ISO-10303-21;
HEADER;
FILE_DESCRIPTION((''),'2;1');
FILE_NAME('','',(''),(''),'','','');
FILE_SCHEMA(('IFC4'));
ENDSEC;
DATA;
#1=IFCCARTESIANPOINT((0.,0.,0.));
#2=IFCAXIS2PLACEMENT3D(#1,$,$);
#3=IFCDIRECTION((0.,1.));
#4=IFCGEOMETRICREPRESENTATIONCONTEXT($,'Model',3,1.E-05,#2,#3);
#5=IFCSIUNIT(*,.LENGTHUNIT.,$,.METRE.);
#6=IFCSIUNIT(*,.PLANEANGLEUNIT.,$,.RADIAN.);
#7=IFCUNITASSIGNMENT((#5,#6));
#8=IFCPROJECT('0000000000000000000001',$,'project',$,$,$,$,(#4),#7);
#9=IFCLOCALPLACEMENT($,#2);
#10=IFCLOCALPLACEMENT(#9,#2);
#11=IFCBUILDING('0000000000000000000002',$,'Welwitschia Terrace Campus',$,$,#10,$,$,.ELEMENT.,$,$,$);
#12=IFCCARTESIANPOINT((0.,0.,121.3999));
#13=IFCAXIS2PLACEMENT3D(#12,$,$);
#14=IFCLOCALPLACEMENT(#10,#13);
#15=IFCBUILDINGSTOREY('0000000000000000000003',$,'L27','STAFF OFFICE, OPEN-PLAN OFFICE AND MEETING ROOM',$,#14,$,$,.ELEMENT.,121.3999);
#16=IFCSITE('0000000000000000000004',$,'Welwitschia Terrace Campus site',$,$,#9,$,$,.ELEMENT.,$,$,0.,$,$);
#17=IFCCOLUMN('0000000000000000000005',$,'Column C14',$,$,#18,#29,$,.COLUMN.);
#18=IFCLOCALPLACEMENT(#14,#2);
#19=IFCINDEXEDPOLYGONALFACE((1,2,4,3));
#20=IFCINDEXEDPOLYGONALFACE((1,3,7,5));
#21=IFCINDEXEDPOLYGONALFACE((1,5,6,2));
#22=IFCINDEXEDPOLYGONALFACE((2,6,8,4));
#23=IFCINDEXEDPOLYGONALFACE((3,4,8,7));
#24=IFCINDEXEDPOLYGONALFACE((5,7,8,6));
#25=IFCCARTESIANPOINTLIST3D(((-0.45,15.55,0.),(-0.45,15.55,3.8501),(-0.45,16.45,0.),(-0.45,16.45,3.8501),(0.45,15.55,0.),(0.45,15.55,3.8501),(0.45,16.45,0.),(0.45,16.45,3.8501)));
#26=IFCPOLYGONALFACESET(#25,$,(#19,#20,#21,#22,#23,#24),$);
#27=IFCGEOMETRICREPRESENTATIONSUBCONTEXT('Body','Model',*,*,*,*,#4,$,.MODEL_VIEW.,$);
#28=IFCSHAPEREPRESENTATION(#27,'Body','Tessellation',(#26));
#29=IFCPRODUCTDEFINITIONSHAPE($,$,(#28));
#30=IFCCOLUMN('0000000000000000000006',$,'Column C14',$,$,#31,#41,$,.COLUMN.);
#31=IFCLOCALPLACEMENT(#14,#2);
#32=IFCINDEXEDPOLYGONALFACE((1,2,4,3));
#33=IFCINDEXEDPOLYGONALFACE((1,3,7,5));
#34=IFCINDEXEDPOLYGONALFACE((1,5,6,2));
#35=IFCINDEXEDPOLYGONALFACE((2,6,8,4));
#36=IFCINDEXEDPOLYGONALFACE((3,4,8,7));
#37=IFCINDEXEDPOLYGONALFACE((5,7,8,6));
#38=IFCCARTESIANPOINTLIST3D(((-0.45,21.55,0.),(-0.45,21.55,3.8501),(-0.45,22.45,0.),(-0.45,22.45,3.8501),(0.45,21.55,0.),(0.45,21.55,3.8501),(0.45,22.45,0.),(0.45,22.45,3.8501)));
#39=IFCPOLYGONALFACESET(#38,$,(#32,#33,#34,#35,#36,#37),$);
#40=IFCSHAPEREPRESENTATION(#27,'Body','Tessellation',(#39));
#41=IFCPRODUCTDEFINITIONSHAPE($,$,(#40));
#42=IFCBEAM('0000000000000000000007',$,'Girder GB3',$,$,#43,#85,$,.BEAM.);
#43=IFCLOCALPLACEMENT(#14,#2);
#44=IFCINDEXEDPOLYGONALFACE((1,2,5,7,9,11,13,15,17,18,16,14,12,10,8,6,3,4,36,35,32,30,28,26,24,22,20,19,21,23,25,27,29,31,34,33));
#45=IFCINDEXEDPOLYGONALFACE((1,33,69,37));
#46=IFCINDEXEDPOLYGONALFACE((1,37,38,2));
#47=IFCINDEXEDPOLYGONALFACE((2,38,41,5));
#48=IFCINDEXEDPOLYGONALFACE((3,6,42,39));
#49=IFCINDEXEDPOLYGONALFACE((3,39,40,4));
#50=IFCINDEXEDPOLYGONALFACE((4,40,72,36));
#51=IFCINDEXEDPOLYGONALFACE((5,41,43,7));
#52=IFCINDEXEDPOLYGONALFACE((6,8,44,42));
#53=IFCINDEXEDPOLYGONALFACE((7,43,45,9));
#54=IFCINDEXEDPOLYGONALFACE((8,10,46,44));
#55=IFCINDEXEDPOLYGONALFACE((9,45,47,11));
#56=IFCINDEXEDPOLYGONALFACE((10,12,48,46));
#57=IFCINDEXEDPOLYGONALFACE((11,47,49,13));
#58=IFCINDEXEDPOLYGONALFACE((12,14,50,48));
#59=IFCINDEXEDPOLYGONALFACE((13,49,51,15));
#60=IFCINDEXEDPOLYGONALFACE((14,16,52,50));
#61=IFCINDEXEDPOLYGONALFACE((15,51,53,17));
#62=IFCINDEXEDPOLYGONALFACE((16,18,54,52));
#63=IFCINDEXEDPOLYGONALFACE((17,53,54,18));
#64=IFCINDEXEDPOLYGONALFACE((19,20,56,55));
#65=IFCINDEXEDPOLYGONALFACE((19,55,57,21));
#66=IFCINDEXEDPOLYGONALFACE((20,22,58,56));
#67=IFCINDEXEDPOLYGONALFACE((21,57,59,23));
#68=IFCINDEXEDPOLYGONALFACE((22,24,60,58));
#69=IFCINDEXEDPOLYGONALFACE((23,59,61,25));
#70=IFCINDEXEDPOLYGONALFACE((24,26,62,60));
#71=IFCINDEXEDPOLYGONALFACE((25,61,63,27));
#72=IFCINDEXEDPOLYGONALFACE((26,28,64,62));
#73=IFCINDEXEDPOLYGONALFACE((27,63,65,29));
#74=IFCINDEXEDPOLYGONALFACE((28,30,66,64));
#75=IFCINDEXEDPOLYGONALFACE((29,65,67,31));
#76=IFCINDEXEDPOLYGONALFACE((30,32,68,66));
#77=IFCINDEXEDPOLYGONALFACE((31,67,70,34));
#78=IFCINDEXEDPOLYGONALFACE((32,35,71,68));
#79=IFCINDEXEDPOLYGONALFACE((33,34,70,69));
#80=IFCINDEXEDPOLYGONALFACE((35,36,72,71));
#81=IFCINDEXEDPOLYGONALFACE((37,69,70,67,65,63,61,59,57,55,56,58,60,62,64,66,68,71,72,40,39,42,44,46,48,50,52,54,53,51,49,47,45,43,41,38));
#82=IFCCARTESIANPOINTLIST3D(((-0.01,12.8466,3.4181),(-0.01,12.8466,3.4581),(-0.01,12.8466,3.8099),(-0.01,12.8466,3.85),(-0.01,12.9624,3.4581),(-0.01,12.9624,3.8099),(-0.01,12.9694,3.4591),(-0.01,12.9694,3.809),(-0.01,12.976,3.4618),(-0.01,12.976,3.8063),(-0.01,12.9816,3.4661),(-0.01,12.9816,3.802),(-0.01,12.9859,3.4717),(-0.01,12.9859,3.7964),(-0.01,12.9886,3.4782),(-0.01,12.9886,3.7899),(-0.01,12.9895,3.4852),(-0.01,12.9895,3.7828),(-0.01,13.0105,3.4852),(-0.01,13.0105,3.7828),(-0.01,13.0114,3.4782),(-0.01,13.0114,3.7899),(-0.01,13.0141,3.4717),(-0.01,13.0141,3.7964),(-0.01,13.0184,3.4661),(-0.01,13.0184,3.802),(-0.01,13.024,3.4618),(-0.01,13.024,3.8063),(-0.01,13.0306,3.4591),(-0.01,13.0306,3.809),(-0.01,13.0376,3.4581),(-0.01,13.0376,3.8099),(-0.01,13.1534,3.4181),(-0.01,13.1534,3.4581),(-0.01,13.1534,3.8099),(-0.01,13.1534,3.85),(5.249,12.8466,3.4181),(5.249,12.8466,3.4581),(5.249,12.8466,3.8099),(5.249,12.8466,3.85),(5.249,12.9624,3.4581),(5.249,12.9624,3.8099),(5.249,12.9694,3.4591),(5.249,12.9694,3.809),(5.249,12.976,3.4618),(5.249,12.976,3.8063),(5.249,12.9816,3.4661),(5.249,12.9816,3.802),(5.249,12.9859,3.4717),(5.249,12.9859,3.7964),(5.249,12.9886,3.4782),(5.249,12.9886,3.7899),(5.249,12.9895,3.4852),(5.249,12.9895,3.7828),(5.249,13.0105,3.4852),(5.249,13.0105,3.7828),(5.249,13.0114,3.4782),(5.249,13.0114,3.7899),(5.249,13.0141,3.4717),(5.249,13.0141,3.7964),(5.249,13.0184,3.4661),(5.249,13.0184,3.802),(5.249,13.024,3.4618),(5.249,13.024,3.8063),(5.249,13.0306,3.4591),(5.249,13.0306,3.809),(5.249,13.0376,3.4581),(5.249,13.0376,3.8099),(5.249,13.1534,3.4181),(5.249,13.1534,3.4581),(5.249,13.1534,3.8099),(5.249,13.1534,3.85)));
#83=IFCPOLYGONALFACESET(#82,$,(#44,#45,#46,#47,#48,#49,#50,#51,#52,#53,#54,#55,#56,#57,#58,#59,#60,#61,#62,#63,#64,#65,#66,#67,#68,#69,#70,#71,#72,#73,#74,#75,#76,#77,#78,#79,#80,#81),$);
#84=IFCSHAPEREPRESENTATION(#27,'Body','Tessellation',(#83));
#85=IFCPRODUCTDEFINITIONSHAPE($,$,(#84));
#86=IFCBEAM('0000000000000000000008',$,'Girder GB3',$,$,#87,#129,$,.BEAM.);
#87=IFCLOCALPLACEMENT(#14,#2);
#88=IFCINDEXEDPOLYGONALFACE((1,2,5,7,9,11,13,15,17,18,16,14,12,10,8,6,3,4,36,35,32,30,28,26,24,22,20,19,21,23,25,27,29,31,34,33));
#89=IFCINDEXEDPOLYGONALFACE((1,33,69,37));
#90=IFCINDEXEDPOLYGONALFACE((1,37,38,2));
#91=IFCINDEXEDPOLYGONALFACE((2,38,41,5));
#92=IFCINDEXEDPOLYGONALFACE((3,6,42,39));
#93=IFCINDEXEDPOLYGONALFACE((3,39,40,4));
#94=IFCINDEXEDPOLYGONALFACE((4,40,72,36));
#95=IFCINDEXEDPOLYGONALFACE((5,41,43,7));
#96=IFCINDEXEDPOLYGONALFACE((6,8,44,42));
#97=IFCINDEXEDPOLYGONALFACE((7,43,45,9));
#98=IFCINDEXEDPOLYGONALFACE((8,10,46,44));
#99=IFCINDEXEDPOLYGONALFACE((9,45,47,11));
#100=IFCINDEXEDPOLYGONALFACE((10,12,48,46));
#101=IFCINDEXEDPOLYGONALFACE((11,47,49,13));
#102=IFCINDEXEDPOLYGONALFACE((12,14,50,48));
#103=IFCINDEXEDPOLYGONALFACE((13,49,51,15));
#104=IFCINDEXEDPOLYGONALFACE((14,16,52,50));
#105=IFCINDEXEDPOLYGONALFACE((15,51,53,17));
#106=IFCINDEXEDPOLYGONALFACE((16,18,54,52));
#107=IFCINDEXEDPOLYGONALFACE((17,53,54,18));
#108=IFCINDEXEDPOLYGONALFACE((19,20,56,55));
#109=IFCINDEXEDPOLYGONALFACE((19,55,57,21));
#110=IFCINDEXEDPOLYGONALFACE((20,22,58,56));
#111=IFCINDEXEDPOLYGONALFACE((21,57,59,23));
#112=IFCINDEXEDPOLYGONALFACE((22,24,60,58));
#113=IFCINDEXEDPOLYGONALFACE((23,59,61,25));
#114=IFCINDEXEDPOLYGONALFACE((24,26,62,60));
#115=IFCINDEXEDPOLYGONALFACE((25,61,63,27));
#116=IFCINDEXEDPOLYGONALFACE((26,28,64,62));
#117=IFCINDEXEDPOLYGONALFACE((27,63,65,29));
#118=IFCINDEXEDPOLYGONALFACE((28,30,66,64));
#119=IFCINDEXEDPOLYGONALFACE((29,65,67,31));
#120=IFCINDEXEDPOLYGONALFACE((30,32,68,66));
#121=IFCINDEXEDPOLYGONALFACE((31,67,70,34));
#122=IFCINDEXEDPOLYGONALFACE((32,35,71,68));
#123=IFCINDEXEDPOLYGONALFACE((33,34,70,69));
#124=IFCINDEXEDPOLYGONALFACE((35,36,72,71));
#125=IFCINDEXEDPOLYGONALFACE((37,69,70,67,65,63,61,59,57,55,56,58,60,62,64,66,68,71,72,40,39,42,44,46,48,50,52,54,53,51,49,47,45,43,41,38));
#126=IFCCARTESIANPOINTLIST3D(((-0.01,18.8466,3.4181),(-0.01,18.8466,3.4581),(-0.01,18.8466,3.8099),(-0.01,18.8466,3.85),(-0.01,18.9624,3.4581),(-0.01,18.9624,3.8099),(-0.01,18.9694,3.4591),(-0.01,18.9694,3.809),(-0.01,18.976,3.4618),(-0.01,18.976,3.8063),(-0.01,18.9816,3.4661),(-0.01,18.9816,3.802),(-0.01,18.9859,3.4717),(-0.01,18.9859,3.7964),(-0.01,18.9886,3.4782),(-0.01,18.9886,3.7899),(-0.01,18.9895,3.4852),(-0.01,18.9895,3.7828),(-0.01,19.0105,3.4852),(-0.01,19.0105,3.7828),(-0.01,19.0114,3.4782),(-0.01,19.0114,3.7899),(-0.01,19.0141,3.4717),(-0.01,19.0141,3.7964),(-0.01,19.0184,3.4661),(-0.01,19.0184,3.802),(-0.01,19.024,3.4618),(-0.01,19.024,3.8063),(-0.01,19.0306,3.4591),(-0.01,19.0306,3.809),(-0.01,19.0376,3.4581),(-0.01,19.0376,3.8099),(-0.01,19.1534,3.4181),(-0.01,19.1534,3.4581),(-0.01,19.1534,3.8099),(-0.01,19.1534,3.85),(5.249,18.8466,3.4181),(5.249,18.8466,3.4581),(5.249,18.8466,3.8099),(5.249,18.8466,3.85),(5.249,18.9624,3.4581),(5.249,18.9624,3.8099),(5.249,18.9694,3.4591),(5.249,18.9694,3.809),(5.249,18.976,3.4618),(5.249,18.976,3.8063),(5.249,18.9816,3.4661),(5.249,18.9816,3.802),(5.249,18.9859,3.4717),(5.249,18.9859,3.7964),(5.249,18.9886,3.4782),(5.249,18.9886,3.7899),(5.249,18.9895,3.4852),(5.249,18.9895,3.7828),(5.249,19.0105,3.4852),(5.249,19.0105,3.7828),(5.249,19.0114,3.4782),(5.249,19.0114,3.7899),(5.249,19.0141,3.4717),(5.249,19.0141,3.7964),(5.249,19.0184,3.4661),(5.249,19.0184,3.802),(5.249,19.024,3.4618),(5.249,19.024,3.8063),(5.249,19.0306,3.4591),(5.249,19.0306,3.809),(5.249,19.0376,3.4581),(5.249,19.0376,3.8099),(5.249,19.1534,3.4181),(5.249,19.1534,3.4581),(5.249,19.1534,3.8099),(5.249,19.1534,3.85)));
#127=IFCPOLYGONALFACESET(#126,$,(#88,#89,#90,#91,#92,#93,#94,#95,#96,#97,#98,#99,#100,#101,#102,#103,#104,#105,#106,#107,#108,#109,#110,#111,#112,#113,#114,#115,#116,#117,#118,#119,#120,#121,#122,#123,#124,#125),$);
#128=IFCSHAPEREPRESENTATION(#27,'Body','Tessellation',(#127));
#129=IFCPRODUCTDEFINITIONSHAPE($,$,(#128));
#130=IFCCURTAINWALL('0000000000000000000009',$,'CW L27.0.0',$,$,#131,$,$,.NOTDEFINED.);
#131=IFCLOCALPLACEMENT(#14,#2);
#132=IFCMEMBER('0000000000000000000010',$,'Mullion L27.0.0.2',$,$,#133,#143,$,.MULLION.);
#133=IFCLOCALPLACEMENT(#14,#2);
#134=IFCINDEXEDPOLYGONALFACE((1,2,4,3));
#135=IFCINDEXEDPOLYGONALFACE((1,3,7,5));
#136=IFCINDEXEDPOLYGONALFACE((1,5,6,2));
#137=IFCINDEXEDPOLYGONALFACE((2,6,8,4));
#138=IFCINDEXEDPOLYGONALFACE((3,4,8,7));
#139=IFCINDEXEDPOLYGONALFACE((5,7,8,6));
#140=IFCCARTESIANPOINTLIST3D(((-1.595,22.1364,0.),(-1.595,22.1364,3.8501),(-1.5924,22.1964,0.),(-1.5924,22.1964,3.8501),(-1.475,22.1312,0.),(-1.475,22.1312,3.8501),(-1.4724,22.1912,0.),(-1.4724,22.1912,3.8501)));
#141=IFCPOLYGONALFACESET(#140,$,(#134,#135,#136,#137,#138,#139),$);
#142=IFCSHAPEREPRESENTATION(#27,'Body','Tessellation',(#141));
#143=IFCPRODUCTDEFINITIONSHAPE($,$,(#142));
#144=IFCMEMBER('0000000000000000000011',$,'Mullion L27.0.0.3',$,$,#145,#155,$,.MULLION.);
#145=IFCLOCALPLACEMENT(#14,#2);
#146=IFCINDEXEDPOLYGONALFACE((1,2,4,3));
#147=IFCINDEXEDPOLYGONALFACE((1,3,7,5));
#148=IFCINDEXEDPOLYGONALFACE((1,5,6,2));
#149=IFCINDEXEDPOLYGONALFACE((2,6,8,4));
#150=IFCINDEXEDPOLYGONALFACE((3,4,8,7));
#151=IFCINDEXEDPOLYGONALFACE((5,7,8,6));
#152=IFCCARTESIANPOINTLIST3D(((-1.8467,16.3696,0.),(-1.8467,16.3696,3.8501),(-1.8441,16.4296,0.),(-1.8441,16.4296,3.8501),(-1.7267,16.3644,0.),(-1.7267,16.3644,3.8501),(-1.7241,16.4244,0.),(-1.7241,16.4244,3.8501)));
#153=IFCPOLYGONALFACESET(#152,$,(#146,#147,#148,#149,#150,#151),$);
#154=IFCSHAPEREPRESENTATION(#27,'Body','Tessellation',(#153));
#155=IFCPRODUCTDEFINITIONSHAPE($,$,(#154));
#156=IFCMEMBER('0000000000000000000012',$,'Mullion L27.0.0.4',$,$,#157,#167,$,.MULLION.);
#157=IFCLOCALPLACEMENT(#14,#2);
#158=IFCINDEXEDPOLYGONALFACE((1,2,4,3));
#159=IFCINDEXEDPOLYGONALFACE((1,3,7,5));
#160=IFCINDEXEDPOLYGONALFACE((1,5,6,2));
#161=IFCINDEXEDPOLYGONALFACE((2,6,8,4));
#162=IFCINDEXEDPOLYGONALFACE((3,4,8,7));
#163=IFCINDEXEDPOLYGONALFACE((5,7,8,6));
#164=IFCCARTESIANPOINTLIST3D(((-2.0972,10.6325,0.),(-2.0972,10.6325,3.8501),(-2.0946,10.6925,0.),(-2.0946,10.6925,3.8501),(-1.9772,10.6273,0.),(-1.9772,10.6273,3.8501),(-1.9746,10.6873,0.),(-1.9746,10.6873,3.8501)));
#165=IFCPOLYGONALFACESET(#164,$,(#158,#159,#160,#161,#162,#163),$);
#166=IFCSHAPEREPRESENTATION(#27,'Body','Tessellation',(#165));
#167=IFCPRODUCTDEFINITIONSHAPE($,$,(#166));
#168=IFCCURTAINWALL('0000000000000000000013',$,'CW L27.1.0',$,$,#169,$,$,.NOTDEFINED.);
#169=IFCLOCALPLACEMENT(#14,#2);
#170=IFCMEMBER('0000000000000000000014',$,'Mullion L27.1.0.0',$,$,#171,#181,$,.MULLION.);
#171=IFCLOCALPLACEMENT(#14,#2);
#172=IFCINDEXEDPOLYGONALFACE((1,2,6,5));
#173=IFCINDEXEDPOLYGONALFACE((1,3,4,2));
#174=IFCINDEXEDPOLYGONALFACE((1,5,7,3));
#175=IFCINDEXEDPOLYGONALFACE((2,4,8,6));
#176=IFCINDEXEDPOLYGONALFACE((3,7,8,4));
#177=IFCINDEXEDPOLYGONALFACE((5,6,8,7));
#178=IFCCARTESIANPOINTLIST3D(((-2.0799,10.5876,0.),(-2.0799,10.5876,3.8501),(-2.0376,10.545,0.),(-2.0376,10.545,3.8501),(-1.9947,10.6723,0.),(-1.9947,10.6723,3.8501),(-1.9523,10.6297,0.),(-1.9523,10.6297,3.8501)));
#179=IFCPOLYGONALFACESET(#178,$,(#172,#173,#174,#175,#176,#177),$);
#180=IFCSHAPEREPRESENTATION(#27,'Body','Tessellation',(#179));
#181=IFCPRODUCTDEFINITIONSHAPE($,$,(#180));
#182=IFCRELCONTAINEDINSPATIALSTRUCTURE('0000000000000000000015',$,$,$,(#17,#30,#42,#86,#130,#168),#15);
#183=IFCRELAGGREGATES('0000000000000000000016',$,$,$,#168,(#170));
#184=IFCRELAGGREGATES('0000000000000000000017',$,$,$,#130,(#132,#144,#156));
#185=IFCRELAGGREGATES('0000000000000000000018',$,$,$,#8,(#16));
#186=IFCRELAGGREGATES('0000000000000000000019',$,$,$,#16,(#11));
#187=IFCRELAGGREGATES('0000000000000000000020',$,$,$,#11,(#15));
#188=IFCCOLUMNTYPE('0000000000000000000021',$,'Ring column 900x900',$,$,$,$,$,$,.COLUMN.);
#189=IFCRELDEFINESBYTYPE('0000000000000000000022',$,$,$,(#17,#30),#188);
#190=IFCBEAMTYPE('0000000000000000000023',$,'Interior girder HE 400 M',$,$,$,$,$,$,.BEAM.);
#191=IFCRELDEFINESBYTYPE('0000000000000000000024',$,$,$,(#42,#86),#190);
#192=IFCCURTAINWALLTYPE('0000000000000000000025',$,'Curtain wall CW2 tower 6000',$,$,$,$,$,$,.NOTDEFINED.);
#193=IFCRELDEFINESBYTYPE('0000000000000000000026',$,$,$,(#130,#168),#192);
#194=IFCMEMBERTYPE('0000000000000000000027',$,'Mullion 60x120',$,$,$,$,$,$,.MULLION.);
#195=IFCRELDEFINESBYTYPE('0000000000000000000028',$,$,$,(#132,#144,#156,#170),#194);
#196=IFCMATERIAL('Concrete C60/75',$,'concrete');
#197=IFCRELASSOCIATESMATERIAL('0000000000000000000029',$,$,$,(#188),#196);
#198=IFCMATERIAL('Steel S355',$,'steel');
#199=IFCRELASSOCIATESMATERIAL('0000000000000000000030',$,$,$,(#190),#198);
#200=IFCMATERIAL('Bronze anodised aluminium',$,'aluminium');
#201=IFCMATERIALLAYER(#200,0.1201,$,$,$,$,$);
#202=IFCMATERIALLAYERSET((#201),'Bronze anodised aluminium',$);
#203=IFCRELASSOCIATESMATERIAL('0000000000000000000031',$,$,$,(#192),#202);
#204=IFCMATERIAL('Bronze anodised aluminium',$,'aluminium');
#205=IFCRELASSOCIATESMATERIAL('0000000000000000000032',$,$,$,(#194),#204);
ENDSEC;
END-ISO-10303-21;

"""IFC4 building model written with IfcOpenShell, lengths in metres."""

from ifc_helpers import new_model, si_unit, direction, frame, origin, origin_2d, place, context, subcontext, project, spatial, rectangle, i_section, extrude, material, layer, layer_set, material_profile, profile_set, type_object, element, aggregate, save


model = new_model("IFC4")

# Units and contexts
model_context = context("Model", 3, precision=1e-05, world=origin(), true_north=direction((0.0, 1.0)))
body_context = subcontext(model_context, "Body", "Model", "MODEL_VIEW")
ifc_project = project(units=[si_unit("LENGTHUNIT", "METRE"), si_unit("PLANEANGLEUNIT", "RADIAN")], contexts=[model_context])

# Site, building, storey
site_placement = place(None, origin())
site = spatial("IfcSite", under=ifc_project, at=site_placement, Name="Welwitschia Terrace Campus site", CompositionType="ELEMENT", RefElevation=0.0)
building_placement = place(site_placement, origin())
building = spatial("IfcBuilding", under=site, at=building_placement, Name="Welwitschia Terrace Campus", CompositionType="ELEMENT")
storey_placement = place(building_placement, frame((0.0, 0.0, 121.3999)))
storey = spatial("IfcBuildingStorey", under=building, at=storey_placement, Name="L27", Description="STAFF OFFICE, OPEN-PLAN OFFICE AND MEETING ROOM", CompositionType="ELEMENT", Elevation=121.3999)

# Columns
ifc_material_1 = material(Name="Concrete C60/75", Category="concrete")
ifc_material_profile_1 = material_profile(ifc_material_1, rectangle(XDim=0.8999, YDim=0.8999, at=origin_2d()))
ifc_profile_set_1 = profile_set([ifc_material_profile_1], Name="Concrete C60/75")
column_type = type_object("IfcColumnType", Name="Ring column 900x900", PredefinedType="COLUMN", material=ifc_profile_set_1)
for number, where, z_axis, x_axis, name in (
    (1, (0.0, 16.0, 0.0), (0.0, 0.0, 1.0), (1.0, 0.0, 0.0), "Column C14"),
    (2, (0.0, 22.0, 0.0), (0.0, 0.0, 1.0), (1.0, 0.0, 0.0), "Column C14"),
):
    element("IfcColumn", number, at=place(storey_placement, frame(where, z_axis=z_axis, x_axis=x_axis)), inside=storey, type_object=column_type, Name=name, PredefinedType="COLUMN", context=body_context, shape_type="SweptSolid", body=[
        extrude(rectangle(XDim=0.8999, YDim=0.8999, at=origin_2d()), origin(), (0.0, 0.0, 1.0), 3.8501),
    ])

# Beams
ifc_material_2 = material(Name="Steel S355", Category="steel")
ifc_material_profile_2 = material_profile(ifc_material_2, i_section(OverallWidth=0.3069, OverallDepth=0.4319, WebThickness=0.021, FlangeThickness=0.04, FilletRadius=0.0271, at=origin_2d()))
ifc_profile_set_2 = profile_set([ifc_material_profile_2], Name="Steel S355")
beam_type_1 = type_object("IfcBeamType", Name="Interior girder HE 400 M", PredefinedType="BEAM", material=ifc_profile_set_2)
for number, where, z_axis, x_axis, name in (
    (3, (-0.01, 13.0, 3.634), (1.0, 0.0, 0.0), (0.0, 1.0, 0.0), "Girder GB3"),
    (4, (-0.01, 19.0, 3.634), (1.0, 0.0, 0.0), (0.0, 1.0, 0.0), "Girder GB3"),
):
    element("IfcBeam", number, at=place(storey_placement, frame(where, z_axis=z_axis, x_axis=x_axis)), inside=storey, type_object=beam_type_1, Name=name, PredefinedType="BEAM", context=body_context, shape_type="SweptSolid", body=[
        extrude(i_section(OverallWidth=0.3069, OverallDepth=0.4319, WebThickness=0.021, FlangeThickness=0.04, FilletRadius=0.0271, at=origin_2d()), origin(), (0.0, 0.0, 1.0), 5.259),
    ])

# Curtain wall, members
ifc_material_3 = material(Name="Bronze anodised aluminium", Category="aluminium")
ifc_layer_1 = layer(ifc_material_3, 0.1201)
ifc_layer_set_1 = layer_set([ifc_layer_1], Name="Bronze anodised aluminium")
curtain_wall_type = type_object("IfcCurtainWallType", Name="Curtain wall CW2 tower 6000", PredefinedType="NOTDEFINED", material=ifc_layer_set_1)
curtain_wall_1_placement = place(storey_placement, origin())
curtain_wall_1 = element("IfcCurtainWall", 5, at=curtain_wall_1_placement, inside=storey, type_object=curtain_wall_type, Name="CW L27.0.0", PredefinedType="NOTDEFINED")
ifc_material_4 = material(Name="Bronze anodised aluminium", Category="aluminium")
ifc_material_profile_3 = material_profile(ifc_material_4, rectangle(XDim=0.1201, YDim=0.0601, at=origin_2d()))
ifc_profile_set_3 = profile_set([ifc_material_profile_3], Name="Bronze anodised aluminium")
member_type_1 = type_object("IfcMemberType", Name="Mullion 60x120", PredefinedType="MULLION", material=ifc_profile_set_3)
member_1_placement = place(storey_placement, frame((-1.5337, 22.1638, 0.0), z_axis=(0.0, 0.0, 1.0), x_axis=(0.999048, -0.043619, 0.0)))
member_1 = element("IfcMember", 6, at=member_1_placement, type_object=member_type_1, Name="Mullion L27.0.0.2", PredefinedType="MULLION", context=body_context, shape_type="SweptSolid", body=[
    extrude(rectangle(XDim=0.1201, YDim=0.0601, at=origin_2d()), origin(), (0.0, 0.0, 1.0), 3.8501),
])
member_2_placement = place(storey_placement, frame((-1.7854, 16.397, 0.0), z_axis=(0.0, 0.0, 1.0), x_axis=(0.999048, -0.043619, 0.0)))
member_2 = element("IfcMember", 7, at=member_2_placement, type_object=member_type_1, Name="Mullion L27.0.0.3", PredefinedType="MULLION", context=body_context, shape_type="SweptSolid", body=[
    extrude(rectangle(XDim=0.1201, YDim=0.0601, at=origin_2d()), origin(), (0.0, 0.0, 1.0), 3.8501),
])
member_3_placement = place(storey_placement, frame((-2.0359, 10.6599, 0.0), z_axis=(0.0, 0.0, 1.0), x_axis=(0.999048, -0.043619, 0.0)))
member_3 = element("IfcMember", 8, at=member_3_placement, type_object=member_type_1, Name="Mullion L27.0.0.4", PredefinedType="MULLION", context=body_context, shape_type="SweptSolid", body=[
    extrude(rectangle(XDim=0.1201, YDim=0.0601, at=origin_2d()), origin(), (0.0, 0.0, 1.0), 3.8501),
])

# Curtain wall, member
curtain_wall_2_placement = place(storey_placement, origin())
curtain_wall_2 = element("IfcCurtainWall", 9, at=curtain_wall_2_placement, inside=storey, type_object=curtain_wall_type, Name="CW L27.1.0", PredefinedType="NOTDEFINED")
member_4_placement = place(storey_placement, frame((-2.0161, 10.6086, 0.0), z_axis=(0.0, 0.0, 1.0), x_axis=(0.709395, 0.704812, 0.0)))
member_4 = element("IfcMember", 10, at=member_4_placement, type_object=member_type_1, Name="Mullion L27.1.0.0", PredefinedType="MULLION", context=body_context, shape_type="SweptSolid", body=[
    extrude(rectangle(XDim=0.1201, YDim=0.0601, at=origin_2d()), origin(), (0.0, 0.0, 1.0), 3.8501),
])

aggregate(curtain_wall_2, [member_4])

aggregate(curtain_wall_1, [member_1, member_2, member_3])

save(model, "model.ifc")
